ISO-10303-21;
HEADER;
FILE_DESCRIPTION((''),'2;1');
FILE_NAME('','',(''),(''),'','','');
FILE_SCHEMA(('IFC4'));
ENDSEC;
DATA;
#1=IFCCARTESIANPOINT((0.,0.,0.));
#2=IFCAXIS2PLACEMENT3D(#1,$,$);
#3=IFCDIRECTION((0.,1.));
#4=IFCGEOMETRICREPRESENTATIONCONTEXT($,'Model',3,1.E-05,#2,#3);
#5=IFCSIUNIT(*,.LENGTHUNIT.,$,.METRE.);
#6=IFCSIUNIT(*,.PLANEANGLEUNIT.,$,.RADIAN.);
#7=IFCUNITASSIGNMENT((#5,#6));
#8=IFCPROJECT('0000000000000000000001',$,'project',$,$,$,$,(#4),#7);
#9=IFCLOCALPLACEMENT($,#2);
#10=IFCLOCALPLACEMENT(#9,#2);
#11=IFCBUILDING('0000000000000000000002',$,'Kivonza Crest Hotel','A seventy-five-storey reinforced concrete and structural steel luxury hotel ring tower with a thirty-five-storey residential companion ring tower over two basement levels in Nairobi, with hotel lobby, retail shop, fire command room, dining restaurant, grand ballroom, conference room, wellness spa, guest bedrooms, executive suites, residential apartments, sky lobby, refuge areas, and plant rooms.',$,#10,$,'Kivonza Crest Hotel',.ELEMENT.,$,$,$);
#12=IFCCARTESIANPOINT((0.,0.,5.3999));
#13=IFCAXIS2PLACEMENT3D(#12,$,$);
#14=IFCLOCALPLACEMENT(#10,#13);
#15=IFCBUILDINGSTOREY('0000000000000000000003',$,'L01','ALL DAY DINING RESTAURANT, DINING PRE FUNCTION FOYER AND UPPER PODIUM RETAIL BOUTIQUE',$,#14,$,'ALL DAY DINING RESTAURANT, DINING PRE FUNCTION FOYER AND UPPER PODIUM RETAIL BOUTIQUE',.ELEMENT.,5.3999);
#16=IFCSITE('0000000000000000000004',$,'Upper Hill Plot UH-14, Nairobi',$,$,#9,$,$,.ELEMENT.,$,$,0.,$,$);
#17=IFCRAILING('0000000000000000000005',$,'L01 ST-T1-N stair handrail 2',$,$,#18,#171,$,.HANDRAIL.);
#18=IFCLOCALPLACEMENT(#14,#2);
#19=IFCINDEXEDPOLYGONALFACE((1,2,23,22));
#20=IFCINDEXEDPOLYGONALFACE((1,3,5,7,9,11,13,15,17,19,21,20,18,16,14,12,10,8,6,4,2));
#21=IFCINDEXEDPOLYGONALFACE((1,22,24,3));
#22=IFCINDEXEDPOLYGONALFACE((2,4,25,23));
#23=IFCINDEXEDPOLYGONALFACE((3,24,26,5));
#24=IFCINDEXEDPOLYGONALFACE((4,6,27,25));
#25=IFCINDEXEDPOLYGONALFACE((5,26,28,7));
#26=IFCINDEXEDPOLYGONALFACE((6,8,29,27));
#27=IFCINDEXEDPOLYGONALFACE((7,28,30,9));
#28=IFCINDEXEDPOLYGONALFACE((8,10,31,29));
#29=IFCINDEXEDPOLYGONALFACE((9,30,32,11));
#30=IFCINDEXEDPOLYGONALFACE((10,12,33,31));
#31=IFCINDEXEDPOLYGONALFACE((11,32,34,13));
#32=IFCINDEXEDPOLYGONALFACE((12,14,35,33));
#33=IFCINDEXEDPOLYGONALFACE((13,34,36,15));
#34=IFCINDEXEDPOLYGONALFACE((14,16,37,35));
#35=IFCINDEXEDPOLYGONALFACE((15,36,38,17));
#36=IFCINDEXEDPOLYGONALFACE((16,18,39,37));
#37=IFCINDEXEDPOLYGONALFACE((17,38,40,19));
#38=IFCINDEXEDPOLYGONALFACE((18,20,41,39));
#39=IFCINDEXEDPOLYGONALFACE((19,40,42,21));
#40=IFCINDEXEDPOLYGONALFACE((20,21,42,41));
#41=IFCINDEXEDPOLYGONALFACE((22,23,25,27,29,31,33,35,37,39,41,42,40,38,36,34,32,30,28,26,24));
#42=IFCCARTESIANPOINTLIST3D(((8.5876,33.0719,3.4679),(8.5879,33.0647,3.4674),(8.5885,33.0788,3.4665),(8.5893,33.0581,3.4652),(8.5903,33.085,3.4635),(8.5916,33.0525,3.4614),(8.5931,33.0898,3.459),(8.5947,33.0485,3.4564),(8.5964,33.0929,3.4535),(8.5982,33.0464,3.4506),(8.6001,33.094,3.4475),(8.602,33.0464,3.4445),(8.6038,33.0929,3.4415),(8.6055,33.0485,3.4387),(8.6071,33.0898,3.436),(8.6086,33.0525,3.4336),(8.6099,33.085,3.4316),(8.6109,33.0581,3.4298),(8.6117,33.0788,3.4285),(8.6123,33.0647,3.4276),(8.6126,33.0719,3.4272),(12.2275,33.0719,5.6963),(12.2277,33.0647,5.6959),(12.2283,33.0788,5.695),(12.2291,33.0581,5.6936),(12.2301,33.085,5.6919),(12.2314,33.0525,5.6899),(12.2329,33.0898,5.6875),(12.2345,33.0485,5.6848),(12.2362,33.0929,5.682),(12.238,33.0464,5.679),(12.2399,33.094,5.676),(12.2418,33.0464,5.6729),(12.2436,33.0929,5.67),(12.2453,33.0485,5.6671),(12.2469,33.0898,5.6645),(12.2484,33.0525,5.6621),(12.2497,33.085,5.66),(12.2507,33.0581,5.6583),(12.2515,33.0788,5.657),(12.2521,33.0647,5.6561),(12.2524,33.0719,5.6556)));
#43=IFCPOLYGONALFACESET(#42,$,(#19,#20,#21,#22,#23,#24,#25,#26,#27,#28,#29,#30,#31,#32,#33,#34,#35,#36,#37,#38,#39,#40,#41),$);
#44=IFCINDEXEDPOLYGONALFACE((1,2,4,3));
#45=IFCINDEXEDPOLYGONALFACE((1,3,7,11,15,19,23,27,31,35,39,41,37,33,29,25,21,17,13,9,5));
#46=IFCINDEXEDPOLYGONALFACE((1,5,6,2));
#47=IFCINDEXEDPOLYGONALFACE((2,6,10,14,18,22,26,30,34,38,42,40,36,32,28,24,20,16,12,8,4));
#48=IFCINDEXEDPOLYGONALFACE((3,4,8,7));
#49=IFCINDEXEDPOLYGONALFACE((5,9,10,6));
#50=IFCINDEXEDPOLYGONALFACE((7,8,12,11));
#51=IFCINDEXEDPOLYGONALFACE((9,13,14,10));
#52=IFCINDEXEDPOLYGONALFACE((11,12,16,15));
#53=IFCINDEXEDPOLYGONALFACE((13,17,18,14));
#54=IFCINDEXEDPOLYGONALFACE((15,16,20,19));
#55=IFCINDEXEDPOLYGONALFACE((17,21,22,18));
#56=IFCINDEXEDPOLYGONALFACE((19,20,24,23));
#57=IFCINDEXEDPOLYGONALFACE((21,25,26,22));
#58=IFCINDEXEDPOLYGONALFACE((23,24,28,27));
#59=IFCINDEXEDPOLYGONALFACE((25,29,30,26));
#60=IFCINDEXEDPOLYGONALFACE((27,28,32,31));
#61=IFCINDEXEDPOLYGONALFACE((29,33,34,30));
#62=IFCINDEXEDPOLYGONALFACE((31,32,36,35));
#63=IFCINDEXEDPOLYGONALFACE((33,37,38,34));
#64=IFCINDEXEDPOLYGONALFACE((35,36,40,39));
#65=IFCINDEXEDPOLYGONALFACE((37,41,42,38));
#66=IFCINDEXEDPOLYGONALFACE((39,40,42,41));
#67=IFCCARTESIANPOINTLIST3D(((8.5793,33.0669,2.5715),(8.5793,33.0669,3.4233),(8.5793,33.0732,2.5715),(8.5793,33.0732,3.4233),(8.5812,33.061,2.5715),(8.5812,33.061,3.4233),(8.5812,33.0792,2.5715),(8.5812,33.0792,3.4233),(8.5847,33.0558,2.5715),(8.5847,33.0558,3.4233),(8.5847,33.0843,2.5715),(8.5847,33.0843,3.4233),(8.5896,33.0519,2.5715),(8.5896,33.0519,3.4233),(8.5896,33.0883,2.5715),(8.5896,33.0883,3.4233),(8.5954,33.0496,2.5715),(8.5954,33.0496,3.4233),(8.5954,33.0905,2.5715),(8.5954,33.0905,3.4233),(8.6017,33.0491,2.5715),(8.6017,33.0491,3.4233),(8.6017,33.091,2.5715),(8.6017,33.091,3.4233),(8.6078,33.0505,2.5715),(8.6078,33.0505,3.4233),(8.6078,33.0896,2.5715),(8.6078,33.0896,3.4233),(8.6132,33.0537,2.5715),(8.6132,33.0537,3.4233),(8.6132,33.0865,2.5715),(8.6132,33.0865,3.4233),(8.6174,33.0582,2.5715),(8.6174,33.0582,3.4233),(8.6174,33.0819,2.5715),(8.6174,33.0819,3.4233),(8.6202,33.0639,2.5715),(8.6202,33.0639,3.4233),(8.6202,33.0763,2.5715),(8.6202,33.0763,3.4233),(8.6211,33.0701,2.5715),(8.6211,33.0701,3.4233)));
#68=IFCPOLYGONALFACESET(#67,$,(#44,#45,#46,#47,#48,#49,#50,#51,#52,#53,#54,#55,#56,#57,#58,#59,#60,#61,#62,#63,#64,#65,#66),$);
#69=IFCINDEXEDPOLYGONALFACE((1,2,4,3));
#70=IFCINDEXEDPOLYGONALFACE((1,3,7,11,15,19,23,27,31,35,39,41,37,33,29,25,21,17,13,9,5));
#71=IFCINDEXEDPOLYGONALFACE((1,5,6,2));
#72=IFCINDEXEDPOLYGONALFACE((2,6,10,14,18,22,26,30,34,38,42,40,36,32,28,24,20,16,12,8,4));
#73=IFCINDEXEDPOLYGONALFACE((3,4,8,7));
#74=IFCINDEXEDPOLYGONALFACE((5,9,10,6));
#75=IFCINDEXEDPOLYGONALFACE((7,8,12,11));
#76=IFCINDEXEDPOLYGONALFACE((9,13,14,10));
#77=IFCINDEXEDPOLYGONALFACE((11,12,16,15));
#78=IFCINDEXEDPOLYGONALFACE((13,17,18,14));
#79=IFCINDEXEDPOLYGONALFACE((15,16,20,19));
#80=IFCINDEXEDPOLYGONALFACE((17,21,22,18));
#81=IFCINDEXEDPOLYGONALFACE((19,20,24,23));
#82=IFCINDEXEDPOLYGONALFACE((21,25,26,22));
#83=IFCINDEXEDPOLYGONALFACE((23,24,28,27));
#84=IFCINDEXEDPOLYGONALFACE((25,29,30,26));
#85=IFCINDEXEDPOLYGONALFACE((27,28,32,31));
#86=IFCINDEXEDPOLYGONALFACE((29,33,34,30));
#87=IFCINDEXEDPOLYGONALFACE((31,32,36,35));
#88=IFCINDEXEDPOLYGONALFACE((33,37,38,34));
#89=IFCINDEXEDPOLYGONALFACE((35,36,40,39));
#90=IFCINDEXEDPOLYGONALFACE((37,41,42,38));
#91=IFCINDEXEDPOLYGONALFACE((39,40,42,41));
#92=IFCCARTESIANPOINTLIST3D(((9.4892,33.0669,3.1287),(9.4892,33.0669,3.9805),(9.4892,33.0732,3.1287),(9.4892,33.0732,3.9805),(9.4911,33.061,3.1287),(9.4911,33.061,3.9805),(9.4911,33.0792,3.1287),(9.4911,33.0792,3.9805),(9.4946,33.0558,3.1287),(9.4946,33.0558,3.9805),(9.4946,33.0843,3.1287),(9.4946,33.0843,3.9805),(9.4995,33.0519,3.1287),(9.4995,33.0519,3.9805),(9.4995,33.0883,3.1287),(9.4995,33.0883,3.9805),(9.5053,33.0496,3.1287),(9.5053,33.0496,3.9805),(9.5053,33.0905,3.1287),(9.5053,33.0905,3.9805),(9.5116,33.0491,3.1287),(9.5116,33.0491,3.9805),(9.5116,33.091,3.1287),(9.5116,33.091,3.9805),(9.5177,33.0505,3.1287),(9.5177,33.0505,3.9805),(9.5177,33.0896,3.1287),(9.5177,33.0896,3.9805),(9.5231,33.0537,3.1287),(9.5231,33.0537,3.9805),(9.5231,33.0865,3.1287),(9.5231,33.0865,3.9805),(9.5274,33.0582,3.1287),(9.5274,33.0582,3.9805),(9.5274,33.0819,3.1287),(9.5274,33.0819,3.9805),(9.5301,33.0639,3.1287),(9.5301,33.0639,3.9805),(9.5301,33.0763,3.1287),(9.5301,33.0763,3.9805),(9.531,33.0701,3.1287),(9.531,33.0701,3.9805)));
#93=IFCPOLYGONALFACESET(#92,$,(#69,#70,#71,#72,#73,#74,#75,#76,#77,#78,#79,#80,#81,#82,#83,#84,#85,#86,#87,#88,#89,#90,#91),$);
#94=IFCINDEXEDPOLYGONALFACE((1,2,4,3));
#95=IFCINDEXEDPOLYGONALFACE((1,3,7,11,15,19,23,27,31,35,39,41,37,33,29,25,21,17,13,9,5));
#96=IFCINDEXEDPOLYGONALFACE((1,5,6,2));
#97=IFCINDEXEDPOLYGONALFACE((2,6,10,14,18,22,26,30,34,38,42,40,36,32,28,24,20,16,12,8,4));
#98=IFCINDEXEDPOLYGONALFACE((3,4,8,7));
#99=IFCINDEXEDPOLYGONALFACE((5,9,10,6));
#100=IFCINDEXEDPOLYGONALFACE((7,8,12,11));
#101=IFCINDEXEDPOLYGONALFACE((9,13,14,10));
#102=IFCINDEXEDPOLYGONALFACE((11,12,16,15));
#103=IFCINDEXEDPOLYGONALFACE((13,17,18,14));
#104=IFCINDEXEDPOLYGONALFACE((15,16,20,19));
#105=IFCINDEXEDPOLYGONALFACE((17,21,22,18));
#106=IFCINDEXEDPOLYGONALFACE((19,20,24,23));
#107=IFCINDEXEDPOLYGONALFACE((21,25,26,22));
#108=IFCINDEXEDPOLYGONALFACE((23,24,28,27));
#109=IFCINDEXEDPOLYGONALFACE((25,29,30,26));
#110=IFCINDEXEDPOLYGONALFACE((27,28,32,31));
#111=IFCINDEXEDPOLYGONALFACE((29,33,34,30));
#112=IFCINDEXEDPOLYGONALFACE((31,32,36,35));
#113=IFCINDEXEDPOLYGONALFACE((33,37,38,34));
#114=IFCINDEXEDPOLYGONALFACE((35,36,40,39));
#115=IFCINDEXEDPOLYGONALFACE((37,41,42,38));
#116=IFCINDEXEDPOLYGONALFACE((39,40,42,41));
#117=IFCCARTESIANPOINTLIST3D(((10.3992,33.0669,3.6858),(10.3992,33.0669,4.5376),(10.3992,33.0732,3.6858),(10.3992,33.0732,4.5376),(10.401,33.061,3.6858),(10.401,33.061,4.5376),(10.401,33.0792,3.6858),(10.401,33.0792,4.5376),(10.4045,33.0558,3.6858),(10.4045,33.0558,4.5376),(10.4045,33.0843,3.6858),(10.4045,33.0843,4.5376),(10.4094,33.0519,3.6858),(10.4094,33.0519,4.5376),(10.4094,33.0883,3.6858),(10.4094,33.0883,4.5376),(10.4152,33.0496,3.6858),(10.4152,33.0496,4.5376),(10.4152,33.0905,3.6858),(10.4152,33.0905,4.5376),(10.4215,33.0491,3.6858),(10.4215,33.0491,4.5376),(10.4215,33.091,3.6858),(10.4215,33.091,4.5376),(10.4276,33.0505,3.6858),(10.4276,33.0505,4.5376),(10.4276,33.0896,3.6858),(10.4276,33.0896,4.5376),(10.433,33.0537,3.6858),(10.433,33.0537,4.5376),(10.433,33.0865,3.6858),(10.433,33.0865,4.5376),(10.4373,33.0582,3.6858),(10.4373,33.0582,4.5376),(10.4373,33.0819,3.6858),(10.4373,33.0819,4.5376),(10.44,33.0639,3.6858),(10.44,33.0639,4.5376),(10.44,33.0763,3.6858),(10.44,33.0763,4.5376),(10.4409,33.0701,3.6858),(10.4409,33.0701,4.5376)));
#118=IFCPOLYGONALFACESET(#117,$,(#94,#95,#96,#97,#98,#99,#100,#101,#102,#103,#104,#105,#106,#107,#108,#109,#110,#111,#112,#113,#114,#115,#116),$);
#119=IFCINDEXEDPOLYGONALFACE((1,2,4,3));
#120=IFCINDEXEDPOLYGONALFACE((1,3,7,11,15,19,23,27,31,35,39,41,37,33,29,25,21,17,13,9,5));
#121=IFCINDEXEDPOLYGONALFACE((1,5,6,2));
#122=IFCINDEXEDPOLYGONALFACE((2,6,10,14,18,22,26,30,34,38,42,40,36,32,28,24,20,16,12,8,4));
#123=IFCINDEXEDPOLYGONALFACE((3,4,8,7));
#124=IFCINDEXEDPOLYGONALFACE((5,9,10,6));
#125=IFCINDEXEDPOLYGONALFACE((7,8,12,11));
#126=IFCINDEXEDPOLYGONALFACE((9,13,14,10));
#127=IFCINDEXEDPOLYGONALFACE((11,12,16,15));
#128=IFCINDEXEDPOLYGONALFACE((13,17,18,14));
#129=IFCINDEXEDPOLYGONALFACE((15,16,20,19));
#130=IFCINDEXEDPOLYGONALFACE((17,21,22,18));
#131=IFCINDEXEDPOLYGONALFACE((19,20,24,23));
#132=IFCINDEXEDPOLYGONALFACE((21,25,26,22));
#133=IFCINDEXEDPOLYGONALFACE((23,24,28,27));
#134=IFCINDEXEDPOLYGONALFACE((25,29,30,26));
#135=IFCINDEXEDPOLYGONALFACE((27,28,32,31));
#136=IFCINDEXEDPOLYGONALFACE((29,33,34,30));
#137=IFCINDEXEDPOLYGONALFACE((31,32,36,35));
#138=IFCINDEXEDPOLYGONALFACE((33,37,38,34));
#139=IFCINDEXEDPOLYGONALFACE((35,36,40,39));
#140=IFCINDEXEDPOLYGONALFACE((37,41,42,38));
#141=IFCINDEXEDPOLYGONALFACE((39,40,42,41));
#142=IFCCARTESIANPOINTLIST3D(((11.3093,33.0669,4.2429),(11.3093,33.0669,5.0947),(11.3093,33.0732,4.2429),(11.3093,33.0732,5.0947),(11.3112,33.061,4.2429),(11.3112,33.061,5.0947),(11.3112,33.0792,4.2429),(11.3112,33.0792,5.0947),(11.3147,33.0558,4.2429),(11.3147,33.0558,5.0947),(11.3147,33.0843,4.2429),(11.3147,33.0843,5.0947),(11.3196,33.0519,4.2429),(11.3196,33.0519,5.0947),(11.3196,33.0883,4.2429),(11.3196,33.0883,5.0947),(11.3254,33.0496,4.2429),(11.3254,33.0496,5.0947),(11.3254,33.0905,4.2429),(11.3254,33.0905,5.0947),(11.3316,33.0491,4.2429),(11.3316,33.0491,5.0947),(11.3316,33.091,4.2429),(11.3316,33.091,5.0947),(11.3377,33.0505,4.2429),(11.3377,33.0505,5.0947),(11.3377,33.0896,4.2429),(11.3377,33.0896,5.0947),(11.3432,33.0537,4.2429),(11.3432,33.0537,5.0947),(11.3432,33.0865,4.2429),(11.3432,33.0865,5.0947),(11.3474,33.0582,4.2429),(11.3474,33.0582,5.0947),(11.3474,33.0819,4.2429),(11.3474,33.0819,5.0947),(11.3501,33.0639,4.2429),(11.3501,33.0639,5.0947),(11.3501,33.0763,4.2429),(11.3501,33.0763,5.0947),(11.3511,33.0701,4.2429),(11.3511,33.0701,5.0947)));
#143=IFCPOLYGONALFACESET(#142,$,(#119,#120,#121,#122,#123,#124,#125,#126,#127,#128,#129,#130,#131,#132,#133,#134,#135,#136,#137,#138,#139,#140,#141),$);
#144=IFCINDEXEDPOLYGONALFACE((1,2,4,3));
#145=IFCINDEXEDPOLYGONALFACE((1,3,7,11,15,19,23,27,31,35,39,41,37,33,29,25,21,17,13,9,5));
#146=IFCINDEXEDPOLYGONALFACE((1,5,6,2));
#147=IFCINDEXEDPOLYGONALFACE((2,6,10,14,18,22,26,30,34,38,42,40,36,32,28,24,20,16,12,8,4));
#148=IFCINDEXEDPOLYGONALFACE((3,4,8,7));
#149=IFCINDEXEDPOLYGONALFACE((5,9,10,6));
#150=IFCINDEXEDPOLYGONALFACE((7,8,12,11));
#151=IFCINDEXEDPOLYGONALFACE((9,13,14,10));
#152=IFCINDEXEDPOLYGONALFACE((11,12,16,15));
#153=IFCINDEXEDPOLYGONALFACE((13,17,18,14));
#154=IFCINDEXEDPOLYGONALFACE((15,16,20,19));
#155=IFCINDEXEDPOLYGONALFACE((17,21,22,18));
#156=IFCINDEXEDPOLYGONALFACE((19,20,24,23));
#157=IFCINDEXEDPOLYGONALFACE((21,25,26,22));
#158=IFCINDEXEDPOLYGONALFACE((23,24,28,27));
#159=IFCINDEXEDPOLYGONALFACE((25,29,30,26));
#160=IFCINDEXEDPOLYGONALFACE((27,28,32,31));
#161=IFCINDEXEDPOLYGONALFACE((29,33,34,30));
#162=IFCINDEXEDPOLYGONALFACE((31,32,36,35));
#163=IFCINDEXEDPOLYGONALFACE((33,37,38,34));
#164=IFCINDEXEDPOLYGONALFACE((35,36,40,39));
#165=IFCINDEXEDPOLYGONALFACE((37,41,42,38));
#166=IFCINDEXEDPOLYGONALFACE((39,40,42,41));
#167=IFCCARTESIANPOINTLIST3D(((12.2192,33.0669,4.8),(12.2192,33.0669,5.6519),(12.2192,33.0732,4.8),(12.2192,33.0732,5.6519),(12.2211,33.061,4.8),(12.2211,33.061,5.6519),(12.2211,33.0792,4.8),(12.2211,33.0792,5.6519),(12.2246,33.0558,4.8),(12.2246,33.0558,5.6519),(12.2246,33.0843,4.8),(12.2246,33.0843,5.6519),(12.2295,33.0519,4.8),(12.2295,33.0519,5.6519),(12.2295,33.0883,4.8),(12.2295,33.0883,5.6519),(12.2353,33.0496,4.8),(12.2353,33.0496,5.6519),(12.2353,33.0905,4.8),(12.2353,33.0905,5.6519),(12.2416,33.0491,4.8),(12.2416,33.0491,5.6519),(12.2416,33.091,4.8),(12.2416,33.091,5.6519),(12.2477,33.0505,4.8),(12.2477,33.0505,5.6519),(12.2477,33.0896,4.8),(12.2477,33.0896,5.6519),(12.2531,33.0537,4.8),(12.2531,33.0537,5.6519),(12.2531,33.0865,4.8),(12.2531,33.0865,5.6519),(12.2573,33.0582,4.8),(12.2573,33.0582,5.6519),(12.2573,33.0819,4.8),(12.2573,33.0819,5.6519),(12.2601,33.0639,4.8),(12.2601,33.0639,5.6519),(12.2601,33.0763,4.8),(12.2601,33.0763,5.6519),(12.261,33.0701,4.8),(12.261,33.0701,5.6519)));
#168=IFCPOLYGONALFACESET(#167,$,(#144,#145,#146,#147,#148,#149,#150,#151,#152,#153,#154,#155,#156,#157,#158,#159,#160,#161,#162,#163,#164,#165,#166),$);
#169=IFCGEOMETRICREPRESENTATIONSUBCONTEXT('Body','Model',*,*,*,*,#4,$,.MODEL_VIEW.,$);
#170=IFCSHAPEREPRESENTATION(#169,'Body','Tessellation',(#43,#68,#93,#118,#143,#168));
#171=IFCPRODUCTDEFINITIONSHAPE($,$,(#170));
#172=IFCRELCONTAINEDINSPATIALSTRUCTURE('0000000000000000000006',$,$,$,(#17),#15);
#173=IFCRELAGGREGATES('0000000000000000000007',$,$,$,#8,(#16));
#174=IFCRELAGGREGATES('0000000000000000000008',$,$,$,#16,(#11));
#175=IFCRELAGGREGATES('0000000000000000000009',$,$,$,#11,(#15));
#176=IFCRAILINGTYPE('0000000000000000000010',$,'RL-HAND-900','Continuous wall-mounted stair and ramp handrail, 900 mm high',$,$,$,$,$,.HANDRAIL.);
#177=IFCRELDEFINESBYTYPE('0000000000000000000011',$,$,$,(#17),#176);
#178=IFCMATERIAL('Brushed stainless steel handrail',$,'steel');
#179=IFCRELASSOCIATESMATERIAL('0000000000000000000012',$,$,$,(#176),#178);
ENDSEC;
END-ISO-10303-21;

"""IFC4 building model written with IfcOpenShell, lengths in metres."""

from ifc_helpers import new_model, si_unit, direction, frame, origin, origin_2d, place, context, subcontext, project, spatial, circle, extrude, material, type_object, element, save


model = new_model("IFC4")

# Units and contexts
model_context = context("Model", 3, precision=1e-05, world=origin(), true_north=direction((0.0, 1.0)))
body_context = subcontext(model_context, "Body", "Model", "MODEL_VIEW")
ifc_project = project(units=[si_unit("LENGTHUNIT", "METRE"), si_unit("PLANEANGLEUNIT", "RADIAN")], contexts=[model_context])

# Site, building, storey
site_placement = place(None, origin())
site = spatial("IfcSite", under=ifc_project, at=site_placement, Name="Upper Hill Plot UH-14, Nairobi", CompositionType="ELEMENT", RefElevation=0.0)
building_placement = place(site_placement, origin())
building = spatial("IfcBuilding", under=site, at=building_placement, Name="Kivonza Crest Hotel", Description="A seventy-five-storey reinforced concrete and structural steel luxury hotel ring tower with a thirty-five-storey residential companion ring tower over two basement levels in Nairobi, with hotel lobby, retail shop, fire command room, dining restaurant, grand ballroom, conference room, wellness spa, guest bedrooms, executive suites, residential apartments, sky lobby, refuge areas, and plant rooms.", LongName="Kivonza Crest Hotel", CompositionType="ELEMENT")
storey_placement = place(building_placement, frame((0.0, 0.0, 5.3999)))
storey = spatial("IfcBuildingStorey", under=building, at=storey_placement, Name="L01", Description="ALL DAY DINING RESTAURANT, DINING PRE FUNCTION FOYER AND UPPER PODIUM RETAIL BOUTIQUE", LongName="ALL DAY DINING RESTAURANT, DINING PRE FUNCTION FOYER AND UPPER PODIUM RETAIL BOUTIQUE", CompositionType="ELEMENT", Elevation=5.3999)

# Railing
ifc_material_1 = material(Name="Brushed stainless steel handrail", Category="steel")
railing_type_1 = type_object("IfcRailingType", Name="RL-HAND-900", Description="Continuous wall-mounted stair and ramp handrail, 900 mm high", PredefinedType="HANDRAIL", material=ifc_material_1)
railing_1_placement = place(storey_placement, frame((8.6001, 33.0701, 2.5715)))
element("IfcRailing", 1, at=railing_1_placement, inside=storey, type_object=railing_type_1, Name="L01 ST-T1-N stair handrail 2", PredefinedType="HANDRAIL", context=body_context, shape_type="SweptSolid", body=[
    extrude(circle(Radius=0.0239, at=origin_2d()), frame((0.0, 0.0, 0.876), z_axis=(0.85285, 0.0, 0.522156), x_axis=(0.0, 1.0, 0.0)), (0.0, 0.0, 1.0), 4.2678),
    extrude(circle(Radius=0.021, at=origin_2d()), origin(), (0.0, 0.0, 1.0), 0.8518),
    extrude(circle(Radius=0.021, at=origin_2d()), frame((0.9099, 0.0, 0.5571)), (0.0, 0.0, 1.0), 0.8518),
    extrude(circle(Radius=0.021, at=origin_2d()), frame((1.8198, 0.0, 1.1143)), (0.0, 0.0, 1.0), 0.8518),
    extrude(circle(Radius=0.021, at=origin_2d()), frame((2.73, 0.0, 1.6714)), (0.0, 0.0, 1.0), 0.8518),
    extrude(circle(Radius=0.021, at=origin_2d()), frame((3.6399, 0.0, 2.2285)), (0.0, 0.0, 1.0), 0.8518),
])

save(model, "model.ifc")
